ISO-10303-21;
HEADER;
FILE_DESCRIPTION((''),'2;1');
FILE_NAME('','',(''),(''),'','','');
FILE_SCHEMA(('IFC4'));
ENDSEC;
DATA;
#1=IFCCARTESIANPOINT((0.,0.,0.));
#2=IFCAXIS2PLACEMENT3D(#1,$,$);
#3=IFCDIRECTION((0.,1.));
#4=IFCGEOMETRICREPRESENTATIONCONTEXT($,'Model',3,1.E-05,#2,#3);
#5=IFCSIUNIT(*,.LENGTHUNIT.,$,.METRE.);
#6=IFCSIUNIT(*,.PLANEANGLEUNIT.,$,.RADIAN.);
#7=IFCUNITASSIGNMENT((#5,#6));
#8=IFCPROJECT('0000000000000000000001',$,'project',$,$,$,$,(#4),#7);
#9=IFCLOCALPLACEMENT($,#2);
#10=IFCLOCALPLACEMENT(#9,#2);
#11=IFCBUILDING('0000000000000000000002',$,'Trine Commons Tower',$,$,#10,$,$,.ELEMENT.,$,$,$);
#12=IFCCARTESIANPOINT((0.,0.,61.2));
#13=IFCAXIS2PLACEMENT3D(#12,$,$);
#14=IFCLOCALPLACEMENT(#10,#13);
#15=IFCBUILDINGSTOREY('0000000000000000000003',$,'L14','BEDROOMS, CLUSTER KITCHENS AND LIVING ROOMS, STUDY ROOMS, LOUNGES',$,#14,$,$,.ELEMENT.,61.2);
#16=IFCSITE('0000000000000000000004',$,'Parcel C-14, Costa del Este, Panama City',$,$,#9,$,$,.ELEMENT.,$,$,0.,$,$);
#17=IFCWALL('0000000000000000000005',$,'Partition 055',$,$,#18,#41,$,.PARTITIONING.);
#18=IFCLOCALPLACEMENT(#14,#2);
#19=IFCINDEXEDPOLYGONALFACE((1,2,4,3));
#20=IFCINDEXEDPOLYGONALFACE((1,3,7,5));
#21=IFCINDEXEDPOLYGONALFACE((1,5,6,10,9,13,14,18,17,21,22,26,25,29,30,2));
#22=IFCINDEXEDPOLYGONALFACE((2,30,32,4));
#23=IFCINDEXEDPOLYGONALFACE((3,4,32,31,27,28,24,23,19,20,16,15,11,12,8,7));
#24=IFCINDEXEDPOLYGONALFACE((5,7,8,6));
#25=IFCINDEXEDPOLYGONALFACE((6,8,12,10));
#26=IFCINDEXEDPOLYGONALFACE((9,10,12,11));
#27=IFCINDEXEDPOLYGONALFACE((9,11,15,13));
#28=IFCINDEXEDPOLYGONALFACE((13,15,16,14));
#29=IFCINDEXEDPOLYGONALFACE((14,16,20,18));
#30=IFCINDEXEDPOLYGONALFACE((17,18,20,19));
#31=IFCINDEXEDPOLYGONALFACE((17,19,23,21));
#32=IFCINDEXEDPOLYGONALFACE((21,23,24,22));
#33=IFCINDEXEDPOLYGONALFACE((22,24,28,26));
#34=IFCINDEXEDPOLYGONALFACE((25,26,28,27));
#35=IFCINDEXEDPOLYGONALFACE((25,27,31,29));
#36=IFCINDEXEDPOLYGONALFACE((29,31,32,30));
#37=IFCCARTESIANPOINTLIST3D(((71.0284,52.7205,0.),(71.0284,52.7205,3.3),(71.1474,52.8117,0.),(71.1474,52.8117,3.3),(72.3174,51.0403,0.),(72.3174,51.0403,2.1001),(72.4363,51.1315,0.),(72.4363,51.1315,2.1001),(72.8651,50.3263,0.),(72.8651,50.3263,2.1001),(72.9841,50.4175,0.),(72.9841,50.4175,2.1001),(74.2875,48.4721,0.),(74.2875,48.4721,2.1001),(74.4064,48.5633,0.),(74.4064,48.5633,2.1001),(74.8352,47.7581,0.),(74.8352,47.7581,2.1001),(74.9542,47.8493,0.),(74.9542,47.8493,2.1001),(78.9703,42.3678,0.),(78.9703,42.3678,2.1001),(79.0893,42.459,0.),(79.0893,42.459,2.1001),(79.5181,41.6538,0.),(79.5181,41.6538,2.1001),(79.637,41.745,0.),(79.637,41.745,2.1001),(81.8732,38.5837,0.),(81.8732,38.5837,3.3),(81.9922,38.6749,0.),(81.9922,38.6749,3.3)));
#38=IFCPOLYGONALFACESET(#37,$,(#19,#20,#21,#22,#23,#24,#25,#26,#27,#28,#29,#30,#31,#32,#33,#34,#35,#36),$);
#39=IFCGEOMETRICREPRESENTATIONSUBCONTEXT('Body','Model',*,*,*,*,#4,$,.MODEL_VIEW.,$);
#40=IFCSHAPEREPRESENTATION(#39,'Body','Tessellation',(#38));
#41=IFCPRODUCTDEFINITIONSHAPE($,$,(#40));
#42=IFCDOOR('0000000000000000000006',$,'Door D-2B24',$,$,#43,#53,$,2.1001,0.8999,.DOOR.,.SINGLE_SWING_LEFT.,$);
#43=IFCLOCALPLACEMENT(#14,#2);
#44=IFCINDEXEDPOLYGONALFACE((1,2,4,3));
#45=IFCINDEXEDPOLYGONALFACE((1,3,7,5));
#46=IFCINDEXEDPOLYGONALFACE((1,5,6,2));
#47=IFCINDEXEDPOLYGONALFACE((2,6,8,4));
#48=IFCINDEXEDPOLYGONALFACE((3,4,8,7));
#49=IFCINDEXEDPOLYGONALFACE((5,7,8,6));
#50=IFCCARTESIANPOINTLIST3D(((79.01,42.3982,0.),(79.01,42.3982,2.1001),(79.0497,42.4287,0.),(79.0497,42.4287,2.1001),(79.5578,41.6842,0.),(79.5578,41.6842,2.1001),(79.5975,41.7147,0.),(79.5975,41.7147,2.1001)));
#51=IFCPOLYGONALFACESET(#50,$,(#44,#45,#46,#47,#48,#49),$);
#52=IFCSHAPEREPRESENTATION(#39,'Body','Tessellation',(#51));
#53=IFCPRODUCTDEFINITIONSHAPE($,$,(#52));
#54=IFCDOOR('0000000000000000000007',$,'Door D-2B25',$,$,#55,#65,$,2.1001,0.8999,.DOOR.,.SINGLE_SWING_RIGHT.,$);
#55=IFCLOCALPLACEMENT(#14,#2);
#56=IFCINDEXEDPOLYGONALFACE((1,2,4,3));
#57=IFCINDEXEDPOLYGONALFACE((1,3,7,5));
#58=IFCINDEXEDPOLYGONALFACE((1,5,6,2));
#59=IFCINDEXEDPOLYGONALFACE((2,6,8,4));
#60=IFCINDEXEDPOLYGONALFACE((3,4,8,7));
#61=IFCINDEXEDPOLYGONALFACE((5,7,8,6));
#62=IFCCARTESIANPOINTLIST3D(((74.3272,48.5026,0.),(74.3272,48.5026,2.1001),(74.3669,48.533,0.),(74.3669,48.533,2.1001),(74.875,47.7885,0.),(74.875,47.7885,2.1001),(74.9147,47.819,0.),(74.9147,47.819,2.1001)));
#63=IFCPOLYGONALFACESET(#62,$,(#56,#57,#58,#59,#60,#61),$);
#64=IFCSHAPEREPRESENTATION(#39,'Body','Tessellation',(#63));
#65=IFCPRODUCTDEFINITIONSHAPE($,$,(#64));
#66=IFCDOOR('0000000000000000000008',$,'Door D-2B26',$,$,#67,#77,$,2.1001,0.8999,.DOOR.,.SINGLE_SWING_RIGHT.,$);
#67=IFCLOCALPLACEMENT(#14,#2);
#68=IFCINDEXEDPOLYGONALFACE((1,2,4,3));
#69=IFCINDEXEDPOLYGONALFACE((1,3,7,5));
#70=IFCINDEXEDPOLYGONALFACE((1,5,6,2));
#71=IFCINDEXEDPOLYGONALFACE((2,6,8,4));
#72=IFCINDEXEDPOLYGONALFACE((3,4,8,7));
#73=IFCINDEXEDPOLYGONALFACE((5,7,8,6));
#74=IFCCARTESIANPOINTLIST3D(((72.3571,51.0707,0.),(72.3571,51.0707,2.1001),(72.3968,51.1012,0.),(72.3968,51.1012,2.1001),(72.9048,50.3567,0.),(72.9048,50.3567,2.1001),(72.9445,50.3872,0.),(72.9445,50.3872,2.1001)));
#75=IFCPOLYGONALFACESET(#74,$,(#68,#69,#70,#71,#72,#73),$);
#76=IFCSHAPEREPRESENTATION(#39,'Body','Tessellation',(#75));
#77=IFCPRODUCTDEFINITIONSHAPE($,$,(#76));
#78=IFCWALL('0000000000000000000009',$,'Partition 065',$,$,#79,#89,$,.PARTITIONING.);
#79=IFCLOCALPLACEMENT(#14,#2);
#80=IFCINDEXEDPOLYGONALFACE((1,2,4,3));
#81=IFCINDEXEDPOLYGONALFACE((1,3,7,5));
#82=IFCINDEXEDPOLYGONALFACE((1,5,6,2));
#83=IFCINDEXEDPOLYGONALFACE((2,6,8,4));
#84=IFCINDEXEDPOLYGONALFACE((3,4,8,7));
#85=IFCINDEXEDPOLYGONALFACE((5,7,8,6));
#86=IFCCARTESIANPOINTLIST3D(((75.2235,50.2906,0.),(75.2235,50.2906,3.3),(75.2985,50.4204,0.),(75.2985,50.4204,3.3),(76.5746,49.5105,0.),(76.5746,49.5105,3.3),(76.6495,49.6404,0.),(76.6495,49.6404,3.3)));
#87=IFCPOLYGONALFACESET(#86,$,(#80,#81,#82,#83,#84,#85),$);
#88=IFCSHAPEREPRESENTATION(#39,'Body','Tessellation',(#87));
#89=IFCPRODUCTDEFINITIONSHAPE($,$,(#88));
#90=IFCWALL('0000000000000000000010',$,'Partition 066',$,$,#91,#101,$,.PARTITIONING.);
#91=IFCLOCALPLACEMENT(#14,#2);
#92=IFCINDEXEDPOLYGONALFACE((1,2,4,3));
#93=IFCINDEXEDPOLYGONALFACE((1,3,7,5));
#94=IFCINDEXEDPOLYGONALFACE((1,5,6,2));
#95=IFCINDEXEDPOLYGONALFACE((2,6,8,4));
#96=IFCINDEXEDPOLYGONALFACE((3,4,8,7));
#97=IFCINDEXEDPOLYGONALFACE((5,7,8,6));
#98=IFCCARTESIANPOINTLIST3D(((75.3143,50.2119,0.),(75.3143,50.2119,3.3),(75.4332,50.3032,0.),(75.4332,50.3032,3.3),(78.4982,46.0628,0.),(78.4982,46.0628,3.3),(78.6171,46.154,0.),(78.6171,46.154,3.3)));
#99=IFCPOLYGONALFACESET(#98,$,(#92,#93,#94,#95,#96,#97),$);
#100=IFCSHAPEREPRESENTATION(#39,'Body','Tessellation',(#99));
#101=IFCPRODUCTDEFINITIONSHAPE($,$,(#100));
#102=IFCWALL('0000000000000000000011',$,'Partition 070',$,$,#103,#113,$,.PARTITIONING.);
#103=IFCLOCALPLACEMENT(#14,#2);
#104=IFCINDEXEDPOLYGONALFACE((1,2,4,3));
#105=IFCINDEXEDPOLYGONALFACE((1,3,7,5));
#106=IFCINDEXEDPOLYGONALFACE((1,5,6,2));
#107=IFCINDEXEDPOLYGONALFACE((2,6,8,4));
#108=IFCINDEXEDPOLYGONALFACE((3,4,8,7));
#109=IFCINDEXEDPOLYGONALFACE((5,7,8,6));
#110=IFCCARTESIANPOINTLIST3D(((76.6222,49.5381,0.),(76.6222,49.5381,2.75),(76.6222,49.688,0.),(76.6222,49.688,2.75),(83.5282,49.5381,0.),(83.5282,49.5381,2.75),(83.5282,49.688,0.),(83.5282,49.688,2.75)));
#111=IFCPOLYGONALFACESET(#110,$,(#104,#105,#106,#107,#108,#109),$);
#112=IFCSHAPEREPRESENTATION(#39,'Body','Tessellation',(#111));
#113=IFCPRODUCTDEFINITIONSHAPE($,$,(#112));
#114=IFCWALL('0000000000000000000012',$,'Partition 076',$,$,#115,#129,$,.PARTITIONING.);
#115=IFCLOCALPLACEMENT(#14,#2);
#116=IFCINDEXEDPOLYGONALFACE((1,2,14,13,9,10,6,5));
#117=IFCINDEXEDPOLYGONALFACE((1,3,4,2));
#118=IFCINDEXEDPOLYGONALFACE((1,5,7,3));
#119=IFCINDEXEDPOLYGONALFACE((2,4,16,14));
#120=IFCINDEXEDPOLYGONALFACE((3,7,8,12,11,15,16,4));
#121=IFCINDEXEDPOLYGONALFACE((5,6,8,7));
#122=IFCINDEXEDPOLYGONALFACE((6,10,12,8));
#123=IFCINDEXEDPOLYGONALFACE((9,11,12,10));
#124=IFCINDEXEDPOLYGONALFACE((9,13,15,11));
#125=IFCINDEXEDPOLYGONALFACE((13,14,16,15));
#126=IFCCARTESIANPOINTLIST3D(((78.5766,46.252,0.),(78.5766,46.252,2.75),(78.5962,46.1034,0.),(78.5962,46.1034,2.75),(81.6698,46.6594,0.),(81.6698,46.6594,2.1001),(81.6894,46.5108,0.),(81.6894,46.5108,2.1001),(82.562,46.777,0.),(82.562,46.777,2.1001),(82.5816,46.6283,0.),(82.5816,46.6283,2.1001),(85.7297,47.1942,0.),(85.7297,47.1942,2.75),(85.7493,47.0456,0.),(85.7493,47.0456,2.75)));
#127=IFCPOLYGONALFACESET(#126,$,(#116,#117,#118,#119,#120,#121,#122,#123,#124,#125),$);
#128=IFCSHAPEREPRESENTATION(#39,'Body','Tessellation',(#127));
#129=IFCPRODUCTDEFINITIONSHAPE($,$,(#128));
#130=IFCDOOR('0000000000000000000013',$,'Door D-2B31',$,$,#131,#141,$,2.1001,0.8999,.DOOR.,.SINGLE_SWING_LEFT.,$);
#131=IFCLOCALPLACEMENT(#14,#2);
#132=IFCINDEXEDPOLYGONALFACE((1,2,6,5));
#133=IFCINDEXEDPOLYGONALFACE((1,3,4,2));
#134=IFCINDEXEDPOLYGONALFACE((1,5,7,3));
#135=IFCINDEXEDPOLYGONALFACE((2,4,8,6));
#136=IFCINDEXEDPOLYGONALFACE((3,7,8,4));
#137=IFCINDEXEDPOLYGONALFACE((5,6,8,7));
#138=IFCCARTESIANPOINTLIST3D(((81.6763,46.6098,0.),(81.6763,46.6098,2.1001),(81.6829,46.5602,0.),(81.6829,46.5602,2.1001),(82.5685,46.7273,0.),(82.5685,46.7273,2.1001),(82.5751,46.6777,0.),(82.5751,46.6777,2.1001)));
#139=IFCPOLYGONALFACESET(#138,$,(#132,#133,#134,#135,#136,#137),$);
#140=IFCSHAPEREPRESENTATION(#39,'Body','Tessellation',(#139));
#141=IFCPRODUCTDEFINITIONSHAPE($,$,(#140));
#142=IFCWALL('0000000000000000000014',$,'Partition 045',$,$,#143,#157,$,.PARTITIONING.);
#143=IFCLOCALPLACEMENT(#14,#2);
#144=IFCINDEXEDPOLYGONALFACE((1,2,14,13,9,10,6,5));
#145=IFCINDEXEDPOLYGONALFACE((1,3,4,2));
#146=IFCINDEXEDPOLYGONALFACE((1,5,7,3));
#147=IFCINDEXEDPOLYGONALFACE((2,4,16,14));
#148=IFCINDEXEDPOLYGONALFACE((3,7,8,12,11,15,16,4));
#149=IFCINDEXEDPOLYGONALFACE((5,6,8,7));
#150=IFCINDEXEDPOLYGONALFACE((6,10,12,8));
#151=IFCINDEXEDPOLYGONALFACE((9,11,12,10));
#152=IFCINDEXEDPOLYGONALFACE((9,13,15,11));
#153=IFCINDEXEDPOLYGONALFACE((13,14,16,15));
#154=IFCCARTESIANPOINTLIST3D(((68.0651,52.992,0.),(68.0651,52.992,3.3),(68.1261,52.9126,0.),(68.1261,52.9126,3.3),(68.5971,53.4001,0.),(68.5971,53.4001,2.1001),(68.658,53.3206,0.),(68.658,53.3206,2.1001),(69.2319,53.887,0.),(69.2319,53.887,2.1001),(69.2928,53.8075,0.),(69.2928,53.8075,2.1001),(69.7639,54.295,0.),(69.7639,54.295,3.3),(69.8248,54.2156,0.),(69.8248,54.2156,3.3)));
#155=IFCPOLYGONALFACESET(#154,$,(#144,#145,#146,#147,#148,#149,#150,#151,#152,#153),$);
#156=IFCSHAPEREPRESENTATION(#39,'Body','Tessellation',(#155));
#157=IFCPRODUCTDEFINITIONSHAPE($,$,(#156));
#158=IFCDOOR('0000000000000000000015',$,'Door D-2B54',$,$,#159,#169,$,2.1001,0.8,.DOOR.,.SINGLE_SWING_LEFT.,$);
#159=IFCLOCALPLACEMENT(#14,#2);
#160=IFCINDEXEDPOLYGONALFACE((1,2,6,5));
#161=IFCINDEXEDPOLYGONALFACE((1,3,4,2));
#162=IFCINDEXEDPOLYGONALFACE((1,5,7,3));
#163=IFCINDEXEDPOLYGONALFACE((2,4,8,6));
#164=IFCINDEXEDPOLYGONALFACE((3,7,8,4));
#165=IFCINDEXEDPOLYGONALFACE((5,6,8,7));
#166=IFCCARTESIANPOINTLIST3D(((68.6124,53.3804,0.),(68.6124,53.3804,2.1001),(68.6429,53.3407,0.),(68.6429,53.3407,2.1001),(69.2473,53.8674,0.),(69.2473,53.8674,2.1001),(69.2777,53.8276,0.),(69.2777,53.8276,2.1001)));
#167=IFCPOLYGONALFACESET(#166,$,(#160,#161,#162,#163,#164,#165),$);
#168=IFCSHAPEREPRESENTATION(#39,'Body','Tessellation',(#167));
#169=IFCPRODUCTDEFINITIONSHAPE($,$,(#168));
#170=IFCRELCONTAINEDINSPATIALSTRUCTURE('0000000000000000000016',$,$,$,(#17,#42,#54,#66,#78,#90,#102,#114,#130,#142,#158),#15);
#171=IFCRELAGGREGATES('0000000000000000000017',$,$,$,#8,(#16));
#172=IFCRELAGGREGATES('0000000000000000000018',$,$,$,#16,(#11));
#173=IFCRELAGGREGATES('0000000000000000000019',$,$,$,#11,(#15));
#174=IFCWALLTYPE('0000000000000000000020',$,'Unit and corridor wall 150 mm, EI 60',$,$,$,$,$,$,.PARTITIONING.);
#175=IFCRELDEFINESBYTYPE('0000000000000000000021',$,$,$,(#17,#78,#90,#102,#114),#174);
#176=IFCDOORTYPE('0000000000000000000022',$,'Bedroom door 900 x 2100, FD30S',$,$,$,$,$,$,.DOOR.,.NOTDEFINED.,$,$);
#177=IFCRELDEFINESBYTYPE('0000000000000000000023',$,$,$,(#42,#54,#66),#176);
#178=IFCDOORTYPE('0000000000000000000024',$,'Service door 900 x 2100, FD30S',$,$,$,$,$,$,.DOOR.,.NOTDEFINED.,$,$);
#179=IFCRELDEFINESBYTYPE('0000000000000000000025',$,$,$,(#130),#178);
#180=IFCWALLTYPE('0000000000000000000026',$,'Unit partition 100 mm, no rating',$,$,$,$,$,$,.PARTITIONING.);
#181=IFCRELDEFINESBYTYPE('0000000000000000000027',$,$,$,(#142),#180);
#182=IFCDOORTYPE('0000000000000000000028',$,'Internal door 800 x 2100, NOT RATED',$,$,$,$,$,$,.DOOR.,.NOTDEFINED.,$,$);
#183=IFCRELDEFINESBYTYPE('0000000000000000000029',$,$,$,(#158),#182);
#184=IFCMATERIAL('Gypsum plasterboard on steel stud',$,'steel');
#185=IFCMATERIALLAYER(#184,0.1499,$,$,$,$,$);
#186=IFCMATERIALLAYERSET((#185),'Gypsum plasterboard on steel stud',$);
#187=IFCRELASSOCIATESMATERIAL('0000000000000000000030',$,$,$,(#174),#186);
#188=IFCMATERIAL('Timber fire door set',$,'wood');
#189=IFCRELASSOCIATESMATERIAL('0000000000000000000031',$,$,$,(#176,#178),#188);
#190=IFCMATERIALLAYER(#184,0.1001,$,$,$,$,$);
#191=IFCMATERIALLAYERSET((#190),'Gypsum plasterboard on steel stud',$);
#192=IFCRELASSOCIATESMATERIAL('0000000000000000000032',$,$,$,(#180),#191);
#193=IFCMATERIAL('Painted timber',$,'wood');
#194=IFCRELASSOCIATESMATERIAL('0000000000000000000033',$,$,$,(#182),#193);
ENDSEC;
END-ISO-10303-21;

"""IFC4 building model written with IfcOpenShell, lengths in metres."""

from ifc_helpers import new_model, si_unit, direction, frame, frame_2d, origin, place, context, subcontext, project, spatial, rectangle, extrude, material, layer, layer_set, type_object, element, fill, save


model = new_model("IFC4")

# Units and contexts
model_context = context("Model", 3, precision=1e-05, world=origin(), true_north=direction((0.0, 1.0)))
body_context = subcontext(model_context, "Body", "Model", "MODEL_VIEW")
ifc_project = project(units=[si_unit("LENGTHUNIT", "METRE"), si_unit("PLANEANGLEUNIT", "RADIAN")], contexts=[model_context])

# Site, building, storey
site_placement = place(None, origin())
site = spatial("IfcSite", under=ifc_project, at=site_placement, Name="Parcel C-14, Costa del Este, Panama City", CompositionType="ELEMENT", RefElevation=0.0)
building_placement = place(site_placement, origin())
building = spatial("IfcBuilding", under=site, at=building_placement, Name="Trine Commons Tower", CompositionType="ELEMENT")
storey_placement = place(building_placement, frame((0.0, 0.0, 61.2)))
storey = spatial("IfcBuildingStorey", under=building, at=storey_placement, Name="L14", Description="BEDROOMS, CLUSTER KITCHENS AND LIVING ROOMS, STUDY ROOMS, LOUNGES", CompositionType="ELEMENT", Elevation=61.2)

# Shared definitions
ifc_material_1 = material(Name="Gypsum plasterboard on steel stud", Category="steel")
ifc_layer_1 = layer(ifc_material_1, 0.1499)
ifc_layer_set_1 = layer_set([ifc_layer_1], Name="Gypsum plasterboard on steel stud")
wall_type_1 = type_object("IfcWallType", Name="Unit and corridor wall 150 mm, EI 60", PredefinedType="PARTITIONING", material=ifc_layer_set_1)

# Wall, openings, doors
wall_1_placement = place(storey_placement, frame((71.0879, 52.7661, 0.0), z_axis=(0.0, 0.0, 1.0), x_axis=(0.608664, -0.793428, 0.0)))
wall_1 = element("IfcWall", 1, at=wall_1_placement, inside=storey, type_object=wall_type_1, Name="Partition 055", PredefinedType="PARTITIONING", context=body_context, shape_type="SweptSolid", body=[
    extrude(rectangle(XDim=17.8174, YDim=0.1499, at=frame_2d((8.9087, 0.0))), origin(), (0.0, 0.0, 1.0), 3.3),
])
opening_1_placement = place(wall_1_placement, frame((13.0481, 0.0, 0.0)))
opening_1 = element("IfcOpeningElement", 2, at=opening_1_placement, cuts=wall_1, PredefinedType="OPENING", context=body_context, shape_type="SweptSolid", body=[
    extrude(rectangle(XDim=0.8999, YDim=2.1001, at=frame_2d((0.45, 1.05))), frame((0.0, 0.085, 0.0), z_axis=(0.0, -1.0, 0.0), x_axis=(1.0, 0.0, 0.0)), (0.0, 0.0, 1.0), 0.1699),
])
opening_2_placement = place(wall_1_placement, frame((5.3545, 0.0, 0.0)))
opening_2 = element("IfcOpeningElement", 3, at=opening_2_placement, cuts=wall_1, PredefinedType="OPENING", context=body_context, shape_type="SweptSolid", body=[
    extrude(rectangle(XDim=0.8999, YDim=2.1001, at=frame_2d((0.45, 1.05))), frame((0.0, 0.085, 0.0), z_axis=(0.0, -1.0, 0.0), x_axis=(1.0, 0.0, 0.0)), (0.0, 0.0, 1.0), 0.1699),
])
opening_3_placement = place(wall_1_placement, frame((2.1177, 0.0, 0.0)))
opening_3 = element("IfcOpeningElement", 4, at=opening_3_placement, cuts=wall_1, PredefinedType="OPENING", context=body_context, shape_type="SweptSolid", body=[
    extrude(rectangle(XDim=0.8999, YDim=2.1001, at=frame_2d((0.45, 1.05))), frame((0.0, 0.085, 0.0), z_axis=(0.0, -1.0, 0.0), x_axis=(1.0, 0.0, 0.0)), (0.0, 0.0, 1.0), 0.1699),
])
ifc_material_2 = material(Name="Timber fire door set", Category="wood")
door_type_1 = type_object("IfcDoorType", Name="Bedroom door 900 x 2100, FD30S", OperationType="NOTDEFINED", PredefinedType="DOOR", material=ifc_material_2)
door_1_placement = place(opening_1_placement, frame((0.8999, 0.0, 0.0), z_axis=(0.0, 0.0, 1.0), x_axis=(-1.0, 0.0, 0.0)))
door_1 = element("IfcDoor", 5, at=door_1_placement, inside=storey, type_object=door_type_1, Name="Door D-2B24", OperationType="SINGLE_SWING_LEFT", OverallHeight=2.1001, OverallWidth=0.8999, PredefinedType="DOOR", context=body_context, shape_type="SweptSolid", body=[
    extrude(rectangle(XDim=0.8999, YDim=2.1001, at=frame_2d((0.45, 1.05))), frame((0.0, 0.0249, 0.0), z_axis=(0.0, -1.0, 0.0), x_axis=(1.0, 0.0, 0.0)), (0.0, 0.0, 1.0), 0.05),
])
fill(opening_1, door_1)
door_2_placement = place(opening_2_placement, frame((0.8999, 0.0, 0.0), z_axis=(0.0, 0.0, 1.0), x_axis=(-1.0, 0.0, 0.0)))
door_2 = element("IfcDoor", 6, at=door_2_placement, inside=storey, type_object=door_type_1, Name="Door D-2B25", OperationType="SINGLE_SWING_RIGHT", OverallHeight=2.1001, OverallWidth=0.8999, PredefinedType="DOOR", context=body_context, shape_type="SweptSolid", body=[
    extrude(rectangle(XDim=0.8999, YDim=2.1001, at=frame_2d((0.45, 1.05))), frame((0.0, 0.0249, 0.0), z_axis=(0.0, -1.0, 0.0), x_axis=(1.0, 0.0, 0.0)), (0.0, 0.0, 1.0), 0.05),
])
fill(opening_2, door_2)
door_3_placement = place(opening_3_placement, frame((0.8999, 0.0, 0.0), z_axis=(0.0, 0.0, 1.0), x_axis=(-1.0, 0.0, 0.0)))
door_3 = element("IfcDoor", 7, at=door_3_placement, inside=storey, type_object=door_type_1, Name="Door D-2B26", OperationType="SINGLE_SWING_RIGHT", OverallHeight=2.1001, OverallWidth=0.8999, PredefinedType="DOOR", context=body_context, shape_type="SweptSolid", body=[
    extrude(rectangle(XDim=0.8999, YDim=2.1001, at=frame_2d((0.45, 1.05))), frame((0.0, 0.0249, 0.0), z_axis=(0.0, -1.0, 0.0), x_axis=(1.0, 0.0, 0.0)), (0.0, 0.0, 1.0), 0.05),
])
fill(opening_3, door_3)

# Walls
wall_2_placement = place(storey_placement, frame((75.261, 50.3555, 0.0), z_axis=(0.0, 0.0, 1.0), x_axis=(0.866029, -0.499993, 0.0)))
element("IfcWall", 8, at=wall_2_placement, inside=storey, type_object=wall_type_1, Name="Partition 065", PredefinedType="PARTITIONING", context=body_context, shape_type="SweptSolid", body=[
    extrude(rectangle(XDim=1.5601, YDim=0.1499, at=frame_2d((0.78, 0.0))), origin(), (0.0, 0.0, 1.0), 3.3),
])
wall_3_placement = place(storey_placement, frame((75.3738, 50.2576, 0.0), z_axis=(0.0, 0.0, 1.0), x_axis=(0.60877, -0.793347, 0.0)))
element("IfcWall", 9, at=wall_3_placement, inside=storey, type_object=wall_type_1, Name="Partition 066", PredefinedType="PARTITIONING", context=body_context, shape_type="SweptSolid", body=[
    extrude(rectangle(XDim=5.23, YDim=0.1499, at=frame_2d((2.615, 0.0))), origin(), (0.0, 0.0, 1.0), 3.3),
])
wall_4_placement = place(storey_placement, frame((76.6221, 49.613, 0.0), z_axis=(0.0, 0.0, 1.0), x_axis=(1.0, 0.0, 0.0)))
element("IfcWall", 10, at=wall_4_placement, inside=storey, type_object=wall_type_1, Name="Partition 070", PredefinedType="PARTITIONING", context=body_context, shape_type="SweptSolid", body=[
    extrude(rectangle(XDim=6.906, YDim=0.1499, at=frame_2d((3.4531, 0.0))), origin(), (0.0, 0.0, 1.0), 2.75),
])

# Walls, openings, doors
wall_5_placement = place(storey_placement, frame((78.5864, 46.1777, 0.0), z_axis=(0.0, 0.0, 1.0), x_axis=(0.991437, 0.130583, 0.0)))
wall_5 = element("IfcWall", 11, at=wall_5_placement, inside=storey, type_object=wall_type_1, Name="Partition 076", PredefinedType="PARTITIONING", context=body_context, shape_type="SweptSolid", body=[
    extrude(rectangle(XDim=7.2148, YDim=0.1499, at=frame_2d((3.6074, 0.0))), origin(), (0.0, 0.0, 1.0), 2.75),
])
opening_4_placement = place(wall_5_placement, frame((3.1199, 0.0, 0.0)))
opening_4 = element("IfcOpeningElement", 12, at=opening_4_placement, cuts=wall_5, PredefinedType="OPENING", context=body_context, shape_type="SweptSolid", body=[
    extrude(rectangle(XDim=0.8999, YDim=2.1001, at=frame_2d((0.45, 1.05))), frame((0.0, 0.085, 0.0), z_axis=(0.0, -1.0, 0.0), x_axis=(1.0, 0.0, 0.0)), (0.0, 0.0, 1.0), 0.1699),
])
door_type_2 = type_object("IfcDoorType", Name="Service door 900 x 2100, FD30S", OperationType="NOTDEFINED", PredefinedType="DOOR", material=ifc_material_2)
door_4_placement = place(opening_4_placement, origin())
door_4 = element("IfcDoor", 13, at=door_4_placement, inside=storey, type_object=door_type_2, Name="Door D-2B31", OperationType="SINGLE_SWING_LEFT", OverallHeight=2.1001, OverallWidth=0.8999, PredefinedType="DOOR", context=body_context, shape_type="SweptSolid", body=[
    extrude(rectangle(XDim=0.8999, YDim=2.1001, at=frame_2d((0.45, 1.05))), frame((0.0, 0.0249, 0.0), z_axis=(0.0, -1.0, 0.0), x_axis=(1.0, 0.0, 0.0)), (0.0, 0.0, 1.0), 0.05),
])
fill(opening_4, door_4)
ifc_layer_2 = layer(ifc_material_1, 0.1001)
ifc_layer_set_2 = layer_set([ifc_layer_2], Name="Gypsum plasterboard on steel stud")
wall_type_2 = type_object("IfcWallType", Name="Unit partition 100 mm, no rating", PredefinedType="PARTITIONING", material=ifc_layer_set_2)
wall_6_placement = place(storey_placement, frame((68.0957, 52.9524, 0.0), z_axis=(0.0, 0.0, 1.0), x_axis=(0.793467, 0.608613, 0.0)))
wall_6 = element("IfcWall", 14, at=wall_6_placement, inside=storey, type_object=wall_type_2, Name="Partition 045", PredefinedType="PARTITIONING", context=body_context, shape_type="SweptSolid", body=[
    extrude(rectangle(XDim=2.1409, YDim=0.1001, at=frame_2d((1.0703, 0.0))), origin(), (0.0, 0.0, 1.0), 3.3),
])
opening_5_placement = place(wall_6_placement, frame((0.6704, 0.0, 0.0)))
opening_5 = element("IfcOpeningElement", 15, at=opening_5_placement, cuts=wall_6, PredefinedType="OPENING", context=body_context, shape_type="SweptSolid", body=[
    extrude(rectangle(XDim=0.8, YDim=2.1001, at=frame_2d((0.3999, 1.05))), frame((0.0, 0.0601, 0.0), z_axis=(0.0, -1.0, 0.0), x_axis=(1.0, 0.0, 0.0)), (0.0, 0.0, 1.0), 0.1201),
])
ifc_material_3 = material(Name="Painted timber", Category="wood")
door_type_3 = type_object("IfcDoorType", Name="Internal door 800 x 2100, NOT RATED", OperationType="NOTDEFINED", PredefinedType="DOOR", material=ifc_material_3)
door_5_placement = place(opening_5_placement, frame((0.8, 0.0, 0.0), z_axis=(0.0, 0.0, 1.0), x_axis=(-1.0, 0.0, 0.0)))
door_5 = element("IfcDoor", 16, at=door_5_placement, inside=storey, type_object=door_type_3, Name="Door D-2B54", OperationType="SINGLE_SWING_LEFT", OverallHeight=2.1001, OverallWidth=0.8, PredefinedType="DOOR", context=body_context, shape_type="SweptSolid", body=[
    extrude(rectangle(XDim=0.8, YDim=2.1001, at=frame_2d((0.3999, 1.05))), frame((0.0, 0.0249, 0.0), z_axis=(0.0, -1.0, 0.0), x_axis=(1.0, 0.0, 0.0)), (0.0, 0.0, 1.0), 0.05),
])
fill(opening_5, door_5)

save(model, "model.ifc")
